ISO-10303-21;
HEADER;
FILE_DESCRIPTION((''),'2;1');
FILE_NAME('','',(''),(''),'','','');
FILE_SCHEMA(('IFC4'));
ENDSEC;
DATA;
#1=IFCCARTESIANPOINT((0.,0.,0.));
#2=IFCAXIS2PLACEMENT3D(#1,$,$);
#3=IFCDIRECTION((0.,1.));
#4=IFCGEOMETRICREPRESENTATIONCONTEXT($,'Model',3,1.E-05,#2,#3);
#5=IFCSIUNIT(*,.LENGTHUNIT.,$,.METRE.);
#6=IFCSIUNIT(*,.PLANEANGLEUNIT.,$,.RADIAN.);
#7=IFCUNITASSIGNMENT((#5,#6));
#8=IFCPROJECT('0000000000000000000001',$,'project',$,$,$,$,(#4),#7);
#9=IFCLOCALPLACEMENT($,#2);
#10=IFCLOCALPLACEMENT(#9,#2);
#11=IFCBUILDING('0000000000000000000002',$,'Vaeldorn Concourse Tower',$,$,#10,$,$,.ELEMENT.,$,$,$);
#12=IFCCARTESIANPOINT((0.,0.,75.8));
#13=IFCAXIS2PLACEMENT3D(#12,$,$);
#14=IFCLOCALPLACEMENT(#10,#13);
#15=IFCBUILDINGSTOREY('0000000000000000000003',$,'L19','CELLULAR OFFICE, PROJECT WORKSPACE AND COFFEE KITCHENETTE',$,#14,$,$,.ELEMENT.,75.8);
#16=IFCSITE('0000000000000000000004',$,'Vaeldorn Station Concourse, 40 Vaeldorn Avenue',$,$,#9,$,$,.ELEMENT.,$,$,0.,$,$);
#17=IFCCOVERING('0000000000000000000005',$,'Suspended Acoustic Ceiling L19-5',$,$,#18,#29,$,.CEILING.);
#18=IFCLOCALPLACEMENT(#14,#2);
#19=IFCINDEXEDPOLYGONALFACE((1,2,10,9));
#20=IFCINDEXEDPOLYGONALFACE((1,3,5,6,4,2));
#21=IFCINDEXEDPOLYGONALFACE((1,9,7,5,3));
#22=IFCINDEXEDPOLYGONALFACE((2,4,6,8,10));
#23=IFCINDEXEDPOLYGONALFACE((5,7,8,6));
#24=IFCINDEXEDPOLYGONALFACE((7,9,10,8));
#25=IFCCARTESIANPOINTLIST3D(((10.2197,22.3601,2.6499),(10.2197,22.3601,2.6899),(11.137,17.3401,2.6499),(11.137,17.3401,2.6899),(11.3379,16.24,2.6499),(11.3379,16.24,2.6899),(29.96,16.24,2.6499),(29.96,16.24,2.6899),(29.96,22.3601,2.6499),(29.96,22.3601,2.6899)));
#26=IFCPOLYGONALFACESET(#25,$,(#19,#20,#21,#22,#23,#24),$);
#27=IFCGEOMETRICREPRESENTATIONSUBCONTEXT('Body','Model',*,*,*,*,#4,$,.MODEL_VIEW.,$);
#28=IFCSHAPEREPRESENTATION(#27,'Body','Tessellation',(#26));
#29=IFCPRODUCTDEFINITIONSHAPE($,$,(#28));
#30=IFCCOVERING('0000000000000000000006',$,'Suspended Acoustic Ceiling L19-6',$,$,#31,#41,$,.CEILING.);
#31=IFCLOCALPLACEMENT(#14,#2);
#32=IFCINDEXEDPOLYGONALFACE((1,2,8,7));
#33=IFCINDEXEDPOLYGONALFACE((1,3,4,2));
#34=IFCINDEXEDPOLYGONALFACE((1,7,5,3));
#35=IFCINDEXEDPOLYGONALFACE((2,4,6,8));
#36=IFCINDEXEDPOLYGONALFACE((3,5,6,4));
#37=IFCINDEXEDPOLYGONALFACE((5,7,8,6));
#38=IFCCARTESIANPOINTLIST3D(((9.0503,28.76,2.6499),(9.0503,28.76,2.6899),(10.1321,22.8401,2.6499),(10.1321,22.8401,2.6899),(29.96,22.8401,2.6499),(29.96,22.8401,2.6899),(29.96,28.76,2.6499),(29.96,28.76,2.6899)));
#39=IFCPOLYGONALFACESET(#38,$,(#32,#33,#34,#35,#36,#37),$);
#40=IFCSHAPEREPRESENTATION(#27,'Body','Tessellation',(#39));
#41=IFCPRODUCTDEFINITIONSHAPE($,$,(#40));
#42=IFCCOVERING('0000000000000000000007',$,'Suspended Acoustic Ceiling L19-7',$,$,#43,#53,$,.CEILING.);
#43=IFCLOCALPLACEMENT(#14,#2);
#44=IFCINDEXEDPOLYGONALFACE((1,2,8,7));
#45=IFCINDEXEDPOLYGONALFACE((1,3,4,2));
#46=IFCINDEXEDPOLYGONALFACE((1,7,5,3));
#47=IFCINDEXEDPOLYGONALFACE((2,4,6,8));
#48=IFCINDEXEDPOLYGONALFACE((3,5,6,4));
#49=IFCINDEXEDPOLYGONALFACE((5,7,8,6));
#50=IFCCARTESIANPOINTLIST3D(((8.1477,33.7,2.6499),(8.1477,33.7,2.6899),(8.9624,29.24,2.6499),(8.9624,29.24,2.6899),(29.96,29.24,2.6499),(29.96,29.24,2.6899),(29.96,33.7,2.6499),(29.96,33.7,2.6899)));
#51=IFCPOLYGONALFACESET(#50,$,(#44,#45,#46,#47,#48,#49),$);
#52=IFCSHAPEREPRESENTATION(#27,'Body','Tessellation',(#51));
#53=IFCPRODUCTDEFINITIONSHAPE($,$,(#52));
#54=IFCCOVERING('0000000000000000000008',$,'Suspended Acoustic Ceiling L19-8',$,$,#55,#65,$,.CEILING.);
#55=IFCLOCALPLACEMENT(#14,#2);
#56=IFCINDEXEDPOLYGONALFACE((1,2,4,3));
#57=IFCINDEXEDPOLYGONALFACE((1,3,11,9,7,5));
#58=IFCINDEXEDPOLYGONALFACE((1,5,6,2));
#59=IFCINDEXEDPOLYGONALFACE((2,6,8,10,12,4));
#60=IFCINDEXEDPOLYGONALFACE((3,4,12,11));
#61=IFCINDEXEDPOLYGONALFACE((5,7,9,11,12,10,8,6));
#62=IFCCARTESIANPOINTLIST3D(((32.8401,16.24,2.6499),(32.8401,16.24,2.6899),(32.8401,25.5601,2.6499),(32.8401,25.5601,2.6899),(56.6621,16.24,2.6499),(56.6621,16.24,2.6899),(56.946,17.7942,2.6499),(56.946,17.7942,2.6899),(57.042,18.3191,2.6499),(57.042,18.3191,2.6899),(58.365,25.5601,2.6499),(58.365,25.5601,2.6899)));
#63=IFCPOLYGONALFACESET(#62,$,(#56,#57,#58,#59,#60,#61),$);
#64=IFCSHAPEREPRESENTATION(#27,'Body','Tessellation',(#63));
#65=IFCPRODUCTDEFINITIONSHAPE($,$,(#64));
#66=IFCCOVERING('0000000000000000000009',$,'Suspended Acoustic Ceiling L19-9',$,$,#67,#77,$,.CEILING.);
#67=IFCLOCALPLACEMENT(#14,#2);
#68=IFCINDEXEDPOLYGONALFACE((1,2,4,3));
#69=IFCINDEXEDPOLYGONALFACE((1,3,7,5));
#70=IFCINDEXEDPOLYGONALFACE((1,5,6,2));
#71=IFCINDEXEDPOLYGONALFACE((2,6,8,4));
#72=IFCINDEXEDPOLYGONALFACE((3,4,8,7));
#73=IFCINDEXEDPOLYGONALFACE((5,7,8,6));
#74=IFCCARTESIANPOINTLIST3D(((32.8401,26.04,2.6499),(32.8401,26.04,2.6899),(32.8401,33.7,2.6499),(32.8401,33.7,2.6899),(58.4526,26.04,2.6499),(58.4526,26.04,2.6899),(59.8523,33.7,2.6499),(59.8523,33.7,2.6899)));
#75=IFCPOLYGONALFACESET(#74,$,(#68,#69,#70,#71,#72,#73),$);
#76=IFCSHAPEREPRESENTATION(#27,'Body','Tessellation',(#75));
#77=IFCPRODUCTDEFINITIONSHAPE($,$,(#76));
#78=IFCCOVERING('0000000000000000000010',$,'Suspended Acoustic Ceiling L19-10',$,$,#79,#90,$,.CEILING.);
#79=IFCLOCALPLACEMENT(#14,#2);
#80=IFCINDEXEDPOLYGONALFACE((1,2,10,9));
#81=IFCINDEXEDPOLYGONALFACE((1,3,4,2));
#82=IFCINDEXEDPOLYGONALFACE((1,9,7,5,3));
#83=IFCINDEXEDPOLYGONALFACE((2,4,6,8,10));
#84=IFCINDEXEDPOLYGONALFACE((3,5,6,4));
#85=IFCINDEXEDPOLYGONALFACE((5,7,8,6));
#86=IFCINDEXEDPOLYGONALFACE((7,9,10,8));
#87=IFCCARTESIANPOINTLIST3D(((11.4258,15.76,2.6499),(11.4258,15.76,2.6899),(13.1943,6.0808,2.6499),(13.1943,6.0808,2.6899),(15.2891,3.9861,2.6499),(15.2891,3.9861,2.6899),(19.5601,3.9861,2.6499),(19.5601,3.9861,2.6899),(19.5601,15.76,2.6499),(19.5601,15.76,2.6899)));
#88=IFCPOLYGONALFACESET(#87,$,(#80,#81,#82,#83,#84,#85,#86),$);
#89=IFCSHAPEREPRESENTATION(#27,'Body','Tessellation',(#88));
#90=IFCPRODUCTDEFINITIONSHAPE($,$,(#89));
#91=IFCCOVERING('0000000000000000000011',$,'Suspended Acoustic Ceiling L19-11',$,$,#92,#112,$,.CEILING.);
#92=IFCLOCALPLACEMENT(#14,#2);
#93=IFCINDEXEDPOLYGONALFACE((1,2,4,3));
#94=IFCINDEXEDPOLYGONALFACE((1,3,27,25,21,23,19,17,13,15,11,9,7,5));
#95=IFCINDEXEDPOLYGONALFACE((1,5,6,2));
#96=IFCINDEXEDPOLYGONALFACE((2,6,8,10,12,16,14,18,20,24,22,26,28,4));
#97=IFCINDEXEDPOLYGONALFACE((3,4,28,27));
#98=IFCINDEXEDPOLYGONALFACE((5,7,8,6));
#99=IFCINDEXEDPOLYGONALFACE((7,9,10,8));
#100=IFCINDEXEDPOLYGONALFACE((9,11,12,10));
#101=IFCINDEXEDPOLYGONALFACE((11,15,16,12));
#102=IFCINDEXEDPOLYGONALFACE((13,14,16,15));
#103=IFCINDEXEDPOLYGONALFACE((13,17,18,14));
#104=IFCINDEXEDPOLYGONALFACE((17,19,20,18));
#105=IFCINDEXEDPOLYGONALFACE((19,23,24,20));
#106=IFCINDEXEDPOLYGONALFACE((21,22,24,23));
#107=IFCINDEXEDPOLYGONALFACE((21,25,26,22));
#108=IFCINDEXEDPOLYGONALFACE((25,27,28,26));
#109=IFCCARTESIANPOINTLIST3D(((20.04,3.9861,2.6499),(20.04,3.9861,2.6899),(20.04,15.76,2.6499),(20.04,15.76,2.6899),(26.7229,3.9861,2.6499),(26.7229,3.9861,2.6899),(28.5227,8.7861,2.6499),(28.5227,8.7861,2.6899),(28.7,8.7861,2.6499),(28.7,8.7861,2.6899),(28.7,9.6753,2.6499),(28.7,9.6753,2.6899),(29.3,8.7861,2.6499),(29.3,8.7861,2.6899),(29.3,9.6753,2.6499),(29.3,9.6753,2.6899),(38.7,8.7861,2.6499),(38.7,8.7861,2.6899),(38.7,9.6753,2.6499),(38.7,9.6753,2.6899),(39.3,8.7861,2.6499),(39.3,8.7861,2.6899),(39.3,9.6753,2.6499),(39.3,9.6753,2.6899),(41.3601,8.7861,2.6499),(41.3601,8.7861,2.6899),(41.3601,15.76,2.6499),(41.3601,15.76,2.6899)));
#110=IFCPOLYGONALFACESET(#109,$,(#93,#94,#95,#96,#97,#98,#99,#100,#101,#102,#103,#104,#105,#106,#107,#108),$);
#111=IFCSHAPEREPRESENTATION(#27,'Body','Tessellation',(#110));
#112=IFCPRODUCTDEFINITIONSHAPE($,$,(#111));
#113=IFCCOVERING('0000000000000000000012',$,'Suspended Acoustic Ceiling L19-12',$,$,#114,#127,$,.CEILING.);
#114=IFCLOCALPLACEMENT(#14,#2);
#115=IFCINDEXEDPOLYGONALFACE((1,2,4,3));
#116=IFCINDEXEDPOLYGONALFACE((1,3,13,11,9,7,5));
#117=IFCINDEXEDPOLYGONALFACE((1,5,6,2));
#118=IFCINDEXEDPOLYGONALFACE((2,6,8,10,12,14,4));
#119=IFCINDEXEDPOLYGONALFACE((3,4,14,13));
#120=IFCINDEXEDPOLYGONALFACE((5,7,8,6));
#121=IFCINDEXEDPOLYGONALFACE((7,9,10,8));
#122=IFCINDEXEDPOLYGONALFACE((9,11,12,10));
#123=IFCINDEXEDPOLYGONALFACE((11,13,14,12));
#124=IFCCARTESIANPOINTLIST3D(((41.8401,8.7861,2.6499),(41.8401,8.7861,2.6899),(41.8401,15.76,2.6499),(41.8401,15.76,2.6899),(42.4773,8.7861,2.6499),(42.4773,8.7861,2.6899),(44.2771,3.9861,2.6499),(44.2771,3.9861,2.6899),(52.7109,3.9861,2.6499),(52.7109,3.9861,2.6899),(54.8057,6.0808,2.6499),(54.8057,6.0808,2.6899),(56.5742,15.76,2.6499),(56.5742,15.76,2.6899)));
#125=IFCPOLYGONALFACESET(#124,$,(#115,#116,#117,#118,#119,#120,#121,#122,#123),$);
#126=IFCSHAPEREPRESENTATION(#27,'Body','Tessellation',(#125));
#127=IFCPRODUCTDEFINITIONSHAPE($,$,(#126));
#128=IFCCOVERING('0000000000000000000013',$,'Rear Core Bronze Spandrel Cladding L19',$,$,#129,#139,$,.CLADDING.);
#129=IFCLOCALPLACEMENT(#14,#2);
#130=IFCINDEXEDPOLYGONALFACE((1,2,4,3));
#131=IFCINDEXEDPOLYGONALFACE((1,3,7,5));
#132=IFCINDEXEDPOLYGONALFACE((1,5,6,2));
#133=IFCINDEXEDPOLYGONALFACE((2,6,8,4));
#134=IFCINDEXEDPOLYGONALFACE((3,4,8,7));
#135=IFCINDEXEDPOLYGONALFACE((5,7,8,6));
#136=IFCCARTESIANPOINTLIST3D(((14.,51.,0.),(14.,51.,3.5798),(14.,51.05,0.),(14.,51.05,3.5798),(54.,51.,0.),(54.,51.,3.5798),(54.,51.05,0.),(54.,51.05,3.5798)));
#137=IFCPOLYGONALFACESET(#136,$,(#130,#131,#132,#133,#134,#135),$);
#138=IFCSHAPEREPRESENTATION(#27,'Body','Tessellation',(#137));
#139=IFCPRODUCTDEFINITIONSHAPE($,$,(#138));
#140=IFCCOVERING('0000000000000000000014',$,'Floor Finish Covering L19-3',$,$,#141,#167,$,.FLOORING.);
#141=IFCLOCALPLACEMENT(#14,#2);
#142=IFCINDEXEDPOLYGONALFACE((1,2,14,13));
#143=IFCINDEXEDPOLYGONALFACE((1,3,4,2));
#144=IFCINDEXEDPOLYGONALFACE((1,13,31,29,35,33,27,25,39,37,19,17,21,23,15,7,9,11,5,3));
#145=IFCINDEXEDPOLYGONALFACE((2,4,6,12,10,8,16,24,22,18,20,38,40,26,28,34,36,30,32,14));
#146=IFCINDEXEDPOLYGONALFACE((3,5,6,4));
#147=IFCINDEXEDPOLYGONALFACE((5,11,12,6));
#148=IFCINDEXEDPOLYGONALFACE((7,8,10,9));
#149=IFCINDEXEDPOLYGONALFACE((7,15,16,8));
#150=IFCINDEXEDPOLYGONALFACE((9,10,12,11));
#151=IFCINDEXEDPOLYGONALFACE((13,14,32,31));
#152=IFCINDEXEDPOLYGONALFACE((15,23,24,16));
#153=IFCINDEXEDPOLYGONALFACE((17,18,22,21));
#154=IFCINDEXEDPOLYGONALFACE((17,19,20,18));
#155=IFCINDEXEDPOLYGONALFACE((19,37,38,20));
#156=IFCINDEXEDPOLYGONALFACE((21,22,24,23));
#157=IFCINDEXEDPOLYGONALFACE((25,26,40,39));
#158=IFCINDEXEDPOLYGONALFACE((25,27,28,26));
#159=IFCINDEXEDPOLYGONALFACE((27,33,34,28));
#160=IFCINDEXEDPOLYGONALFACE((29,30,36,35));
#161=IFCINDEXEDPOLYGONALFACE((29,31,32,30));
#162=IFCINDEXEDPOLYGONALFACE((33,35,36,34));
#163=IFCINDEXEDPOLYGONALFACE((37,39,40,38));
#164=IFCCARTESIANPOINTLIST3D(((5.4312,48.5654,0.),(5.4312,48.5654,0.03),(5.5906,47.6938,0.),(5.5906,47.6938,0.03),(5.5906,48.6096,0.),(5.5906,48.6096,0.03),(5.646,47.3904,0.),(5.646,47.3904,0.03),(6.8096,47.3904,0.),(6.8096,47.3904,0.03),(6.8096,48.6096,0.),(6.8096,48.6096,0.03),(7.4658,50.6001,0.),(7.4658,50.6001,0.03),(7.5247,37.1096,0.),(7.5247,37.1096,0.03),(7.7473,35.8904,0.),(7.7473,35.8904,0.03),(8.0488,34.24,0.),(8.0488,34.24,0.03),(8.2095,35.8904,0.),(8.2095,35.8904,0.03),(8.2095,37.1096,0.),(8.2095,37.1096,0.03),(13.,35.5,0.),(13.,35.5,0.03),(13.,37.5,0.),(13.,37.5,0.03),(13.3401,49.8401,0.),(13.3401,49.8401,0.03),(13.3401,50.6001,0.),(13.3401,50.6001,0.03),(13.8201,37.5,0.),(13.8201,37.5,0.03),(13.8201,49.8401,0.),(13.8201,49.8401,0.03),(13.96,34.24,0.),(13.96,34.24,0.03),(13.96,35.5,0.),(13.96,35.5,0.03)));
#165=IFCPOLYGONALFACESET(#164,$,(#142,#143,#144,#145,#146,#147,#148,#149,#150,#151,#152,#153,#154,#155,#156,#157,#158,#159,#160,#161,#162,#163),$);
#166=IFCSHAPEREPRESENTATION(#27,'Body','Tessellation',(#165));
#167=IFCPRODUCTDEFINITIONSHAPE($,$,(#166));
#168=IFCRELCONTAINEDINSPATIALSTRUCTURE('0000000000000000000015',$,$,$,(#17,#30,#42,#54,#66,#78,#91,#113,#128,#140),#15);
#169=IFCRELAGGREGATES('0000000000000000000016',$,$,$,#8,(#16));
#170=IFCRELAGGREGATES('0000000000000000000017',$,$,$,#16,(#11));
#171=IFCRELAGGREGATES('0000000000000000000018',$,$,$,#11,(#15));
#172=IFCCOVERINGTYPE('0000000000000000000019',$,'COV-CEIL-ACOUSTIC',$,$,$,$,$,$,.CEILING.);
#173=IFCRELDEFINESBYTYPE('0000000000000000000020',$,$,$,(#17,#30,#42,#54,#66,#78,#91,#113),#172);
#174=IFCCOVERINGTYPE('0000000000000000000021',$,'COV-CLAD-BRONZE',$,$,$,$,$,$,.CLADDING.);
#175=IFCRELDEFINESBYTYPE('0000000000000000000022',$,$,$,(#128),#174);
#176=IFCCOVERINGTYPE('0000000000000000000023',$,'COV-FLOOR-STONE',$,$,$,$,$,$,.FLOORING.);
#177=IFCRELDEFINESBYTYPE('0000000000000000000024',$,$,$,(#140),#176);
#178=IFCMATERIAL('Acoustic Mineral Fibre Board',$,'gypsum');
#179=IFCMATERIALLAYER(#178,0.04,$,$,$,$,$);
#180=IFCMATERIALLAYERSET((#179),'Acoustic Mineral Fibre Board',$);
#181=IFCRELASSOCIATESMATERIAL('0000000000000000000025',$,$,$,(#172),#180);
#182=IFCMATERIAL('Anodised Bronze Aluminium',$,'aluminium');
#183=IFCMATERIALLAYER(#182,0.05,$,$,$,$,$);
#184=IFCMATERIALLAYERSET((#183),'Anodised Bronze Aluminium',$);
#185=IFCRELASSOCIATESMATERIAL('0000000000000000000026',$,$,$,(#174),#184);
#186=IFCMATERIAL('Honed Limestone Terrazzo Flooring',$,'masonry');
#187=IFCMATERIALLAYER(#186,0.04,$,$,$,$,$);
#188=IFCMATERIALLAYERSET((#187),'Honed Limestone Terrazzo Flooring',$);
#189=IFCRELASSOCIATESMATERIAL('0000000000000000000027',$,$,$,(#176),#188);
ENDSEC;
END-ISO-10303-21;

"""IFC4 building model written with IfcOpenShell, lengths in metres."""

from ifc_helpers import new_model, si_unit, direction, frame, origin, place, context, subcontext, project, spatial, polyline, outline, extrude, material, layer, layer_set, type_object, element, save


model = new_model("IFC4")

# Units and contexts
model_context = context("Model", 3, precision=1e-05, world=origin(), true_north=direction((0.0, 1.0)))
body_context = subcontext(model_context, "Body", "Model", "MODEL_VIEW")
ifc_project = project(units=[si_unit("LENGTHUNIT", "METRE"), si_unit("PLANEANGLEUNIT", "RADIAN")], contexts=[model_context])

# Site, building, storey
site_placement = place(None, origin())
site = spatial("IfcSite", under=ifc_project, at=site_placement, Name="Vaeldorn Station Concourse, 40 Vaeldorn Avenue", CompositionType="ELEMENT", RefElevation=0.0)
building_placement = place(site_placement, origin())
building = spatial("IfcBuilding", under=site, at=building_placement, Name="Vaeldorn Concourse Tower", CompositionType="ELEMENT")
storey_placement = place(building_placement, frame((0.0, 0.0, 75.8)))
storey = spatial("IfcBuildingStorey", under=building, at=storey_placement, Name="L19", Description="CELLULAR OFFICE, PROJECT WORKSPACE AND COFFEE KITCHENETTE", CompositionType="ELEMENT", Elevation=75.8)

# Coverings
ifc_material_1 = material(Name="Acoustic Mineral Fibre Board", Category="gypsum")
ifc_layer_1 = layer(ifc_material_1, 0.04)
ifc_layer_set_1 = layer_set([ifc_layer_1], Name="Acoustic Mineral Fibre Board")
covering_type_1 = type_object("IfcCoveringType", Name="COV-CEIL-ACOUSTIC", PredefinedType="CEILING", material=ifc_layer_set_1)
covering_1_placement = place(storey_placement, frame((0.0, 0.0, 2.6499)))
element("IfcCovering", 1, at=covering_1_placement, inside=storey, type_object=covering_type_1, Name="Suspended Acoustic Ceiling L19-5", PredefinedType="CEILING", context=body_context, shape_type="SweptSolid", body=[
    extrude(outline(polyline([(29.96, 22.3601), (29.96, 16.24), (11.3379, 16.24), (11.137, 17.3401), (11.137, 17.3401), (10.2197, 22.3601), (29.96, 22.3601)])), origin(), (0.0, 0.0, 1.0), 0.04),
])
covering_2_placement = place(storey_placement, frame((0.0, 0.0, 2.6499)))
element("IfcCovering", 2, at=covering_2_placement, inside=storey, type_object=covering_type_1, Name="Suspended Acoustic Ceiling L19-6", PredefinedType="CEILING", context=body_context, shape_type="SweptSolid", body=[
    extrude(outline(polyline([(29.96, 28.76), (29.96, 22.8401), (10.1321, 22.8401), (9.0503, 28.76), (29.96, 28.76)])), origin(), (0.0, 0.0, 1.0), 0.04),
])
covering_3_placement = place(storey_placement, frame((0.0, 0.0, 2.6499)))
element("IfcCovering", 3, at=covering_3_placement, inside=storey, type_object=covering_type_1, Name="Suspended Acoustic Ceiling L19-7", PredefinedType="CEILING", context=body_context, shape_type="SweptSolid", body=[
    extrude(outline(polyline([(29.96, 33.7), (29.96, 29.24), (8.9624, 29.24), (8.1477, 33.7), (29.96, 33.7)])), origin(), (0.0, 0.0, 1.0), 0.04),
])
covering_4_placement = place(storey_placement, frame((0.0, 0.0, 2.6499)))
element("IfcCovering", 4, at=covering_4_placement, inside=storey, type_object=covering_type_1, Name="Suspended Acoustic Ceiling L19-8", PredefinedType="CEILING", context=body_context, shape_type="SweptSolid", body=[
    extrude(outline(polyline([(32.8401, 16.24), (32.8401, 25.5601), (58.365, 25.5601), (57.042, 18.3191), (56.946, 17.7942), (56.6621, 16.24), (32.8401, 16.24)])), origin(), (0.0, 0.0, 1.0), 0.04),
])
covering_5_placement = place(storey_placement, frame((0.0, 0.0, 2.6499)))
element("IfcCovering", 5, at=covering_5_placement, inside=storey, type_object=covering_type_1, Name="Suspended Acoustic Ceiling L19-9", PredefinedType="CEILING", context=body_context, shape_type="SweptSolid", body=[
    extrude(outline(polyline([(32.8401, 26.04), (32.8401, 33.7), (59.8523, 33.7), (58.4526, 26.04), (32.8401, 26.04)])), origin(), (0.0, 0.0, 1.0), 0.04),
])
covering_6_placement = place(storey_placement, frame((0.0, 0.0, 2.6499)))
element("IfcCovering", 6, at=covering_6_placement, inside=storey, type_object=covering_type_1, Name="Suspended Acoustic Ceiling L19-10", PredefinedType="CEILING", context=body_context, shape_type="SweptSolid", body=[
    extrude(outline(polyline([(19.5601, 15.76), (19.5601, 3.9861), (15.2891, 3.9861), (13.1943, 6.0808), (11.4258, 15.76), (19.5601, 15.76)])), origin(), (0.0, 0.0, 1.0), 0.04),
])
covering_7_placement = place(storey_placement, frame((0.0, 0.0, 2.6499)))
element("IfcCovering", 7, at=covering_7_placement, inside=storey, type_object=covering_type_1, Name="Suspended Acoustic Ceiling L19-11", PredefinedType="CEILING", context=body_context, shape_type="SweptSolid", body=[
    extrude(outline(polyline([(26.7229, 3.9861), (20.04, 3.9861), (20.04, 15.76), (41.3601, 15.76), (41.3601, 8.7861), (39.3, 8.7861), (39.3, 9.6753), (38.7, 9.6753), (38.7, 8.7861), (29.3, 8.7861), (29.3, 9.6753), (28.7, 9.6753), (28.7, 8.7861), (28.5227, 8.7861), (26.7229, 3.9861)])), origin(), (0.0, 0.0, 1.0), 0.04),
])
covering_8_placement = place(storey_placement, frame((0.0, 0.0, 2.6499)))
element("IfcCovering", 8, at=covering_8_placement, inside=storey, type_object=covering_type_1, Name="Suspended Acoustic Ceiling L19-12", PredefinedType="CEILING", context=body_context, shape_type="SweptSolid", body=[
    extrude(outline(polyline([(41.8401, 8.7861), (41.8401, 15.76), (56.5742, 15.76), (54.8057, 6.0808), (52.7109, 3.9861), (44.2771, 3.9861), (42.4773, 8.7861), (41.8401, 8.7861)])), origin(), (0.0, 0.0, 1.0), 0.04),
])
ifc_material_2 = material(Name="Anodised Bronze Aluminium", Category="aluminium")
ifc_layer_2 = layer(ifc_material_2, 0.05)
ifc_layer_set_2 = layer_set([ifc_layer_2], Name="Anodised Bronze Aluminium")
covering_type_2 = type_object("IfcCoveringType", Name="COV-CLAD-BRONZE", PredefinedType="CLADDING", material=ifc_layer_set_2)
covering_9_placement = place(storey_placement, origin())
element("IfcCovering", 9, at=covering_9_placement, inside=storey, type_object=covering_type_2, Name="Rear Core Bronze Spandrel Cladding L19", PredefinedType="CLADDING", context=body_context, shape_type="SweptSolid", body=[
    extrude(outline(polyline([(14.0, 51.0), (54.0, 51.0), (54.0, 51.05), (14.0, 51.05), (14.0, 51.0)])), origin(), (0.0, 0.0, 1.0), 3.5798),
])
ifc_material_3 = material(Name="Honed Limestone Terrazzo Flooring", Category="masonry")
ifc_layer_3 = layer(ifc_material_3, 0.04)
ifc_layer_set_3 = layer_set([ifc_layer_3], Name="Honed Limestone Terrazzo Flooring")
covering_type_3 = type_object("IfcCoveringType", Name="COV-FLOOR-STONE", PredefinedType="FLOORING", material=ifc_layer_set_3)
covering_10_placement = place(storey_placement, origin())
element("IfcCovering", 10, at=covering_10_placement, inside=storey, type_object=covering_type_3, Name="Floor Finish Covering L19-3", PredefinedType="FLOORING", context=body_context, shape_type="SweptSolid", body=[
    extrude(outline(polyline([(7.4658, 50.6001), (13.3401, 50.6001), (13.3401, 49.8401), (13.8201, 49.8401), (13.8201, 37.5), (13.0, 37.5), (13.0, 35.5), (13.96, 35.5), (13.96, 34.24), (8.0488, 34.24), (7.7473, 35.8904), (8.2095, 35.8904), (8.2095, 37.1096), (7.5247, 37.1096), (5.646, 47.3904), (6.8096, 47.3904), (6.8096, 48.6096), (5.5906, 48.6096), (5.5906, 47.6938), (5.4312, 48.5654), (7.4658, 50.6001)])), origin(), (0.0, 0.0, 1.0), 0.03),
])

save(model, "model.ifc")
